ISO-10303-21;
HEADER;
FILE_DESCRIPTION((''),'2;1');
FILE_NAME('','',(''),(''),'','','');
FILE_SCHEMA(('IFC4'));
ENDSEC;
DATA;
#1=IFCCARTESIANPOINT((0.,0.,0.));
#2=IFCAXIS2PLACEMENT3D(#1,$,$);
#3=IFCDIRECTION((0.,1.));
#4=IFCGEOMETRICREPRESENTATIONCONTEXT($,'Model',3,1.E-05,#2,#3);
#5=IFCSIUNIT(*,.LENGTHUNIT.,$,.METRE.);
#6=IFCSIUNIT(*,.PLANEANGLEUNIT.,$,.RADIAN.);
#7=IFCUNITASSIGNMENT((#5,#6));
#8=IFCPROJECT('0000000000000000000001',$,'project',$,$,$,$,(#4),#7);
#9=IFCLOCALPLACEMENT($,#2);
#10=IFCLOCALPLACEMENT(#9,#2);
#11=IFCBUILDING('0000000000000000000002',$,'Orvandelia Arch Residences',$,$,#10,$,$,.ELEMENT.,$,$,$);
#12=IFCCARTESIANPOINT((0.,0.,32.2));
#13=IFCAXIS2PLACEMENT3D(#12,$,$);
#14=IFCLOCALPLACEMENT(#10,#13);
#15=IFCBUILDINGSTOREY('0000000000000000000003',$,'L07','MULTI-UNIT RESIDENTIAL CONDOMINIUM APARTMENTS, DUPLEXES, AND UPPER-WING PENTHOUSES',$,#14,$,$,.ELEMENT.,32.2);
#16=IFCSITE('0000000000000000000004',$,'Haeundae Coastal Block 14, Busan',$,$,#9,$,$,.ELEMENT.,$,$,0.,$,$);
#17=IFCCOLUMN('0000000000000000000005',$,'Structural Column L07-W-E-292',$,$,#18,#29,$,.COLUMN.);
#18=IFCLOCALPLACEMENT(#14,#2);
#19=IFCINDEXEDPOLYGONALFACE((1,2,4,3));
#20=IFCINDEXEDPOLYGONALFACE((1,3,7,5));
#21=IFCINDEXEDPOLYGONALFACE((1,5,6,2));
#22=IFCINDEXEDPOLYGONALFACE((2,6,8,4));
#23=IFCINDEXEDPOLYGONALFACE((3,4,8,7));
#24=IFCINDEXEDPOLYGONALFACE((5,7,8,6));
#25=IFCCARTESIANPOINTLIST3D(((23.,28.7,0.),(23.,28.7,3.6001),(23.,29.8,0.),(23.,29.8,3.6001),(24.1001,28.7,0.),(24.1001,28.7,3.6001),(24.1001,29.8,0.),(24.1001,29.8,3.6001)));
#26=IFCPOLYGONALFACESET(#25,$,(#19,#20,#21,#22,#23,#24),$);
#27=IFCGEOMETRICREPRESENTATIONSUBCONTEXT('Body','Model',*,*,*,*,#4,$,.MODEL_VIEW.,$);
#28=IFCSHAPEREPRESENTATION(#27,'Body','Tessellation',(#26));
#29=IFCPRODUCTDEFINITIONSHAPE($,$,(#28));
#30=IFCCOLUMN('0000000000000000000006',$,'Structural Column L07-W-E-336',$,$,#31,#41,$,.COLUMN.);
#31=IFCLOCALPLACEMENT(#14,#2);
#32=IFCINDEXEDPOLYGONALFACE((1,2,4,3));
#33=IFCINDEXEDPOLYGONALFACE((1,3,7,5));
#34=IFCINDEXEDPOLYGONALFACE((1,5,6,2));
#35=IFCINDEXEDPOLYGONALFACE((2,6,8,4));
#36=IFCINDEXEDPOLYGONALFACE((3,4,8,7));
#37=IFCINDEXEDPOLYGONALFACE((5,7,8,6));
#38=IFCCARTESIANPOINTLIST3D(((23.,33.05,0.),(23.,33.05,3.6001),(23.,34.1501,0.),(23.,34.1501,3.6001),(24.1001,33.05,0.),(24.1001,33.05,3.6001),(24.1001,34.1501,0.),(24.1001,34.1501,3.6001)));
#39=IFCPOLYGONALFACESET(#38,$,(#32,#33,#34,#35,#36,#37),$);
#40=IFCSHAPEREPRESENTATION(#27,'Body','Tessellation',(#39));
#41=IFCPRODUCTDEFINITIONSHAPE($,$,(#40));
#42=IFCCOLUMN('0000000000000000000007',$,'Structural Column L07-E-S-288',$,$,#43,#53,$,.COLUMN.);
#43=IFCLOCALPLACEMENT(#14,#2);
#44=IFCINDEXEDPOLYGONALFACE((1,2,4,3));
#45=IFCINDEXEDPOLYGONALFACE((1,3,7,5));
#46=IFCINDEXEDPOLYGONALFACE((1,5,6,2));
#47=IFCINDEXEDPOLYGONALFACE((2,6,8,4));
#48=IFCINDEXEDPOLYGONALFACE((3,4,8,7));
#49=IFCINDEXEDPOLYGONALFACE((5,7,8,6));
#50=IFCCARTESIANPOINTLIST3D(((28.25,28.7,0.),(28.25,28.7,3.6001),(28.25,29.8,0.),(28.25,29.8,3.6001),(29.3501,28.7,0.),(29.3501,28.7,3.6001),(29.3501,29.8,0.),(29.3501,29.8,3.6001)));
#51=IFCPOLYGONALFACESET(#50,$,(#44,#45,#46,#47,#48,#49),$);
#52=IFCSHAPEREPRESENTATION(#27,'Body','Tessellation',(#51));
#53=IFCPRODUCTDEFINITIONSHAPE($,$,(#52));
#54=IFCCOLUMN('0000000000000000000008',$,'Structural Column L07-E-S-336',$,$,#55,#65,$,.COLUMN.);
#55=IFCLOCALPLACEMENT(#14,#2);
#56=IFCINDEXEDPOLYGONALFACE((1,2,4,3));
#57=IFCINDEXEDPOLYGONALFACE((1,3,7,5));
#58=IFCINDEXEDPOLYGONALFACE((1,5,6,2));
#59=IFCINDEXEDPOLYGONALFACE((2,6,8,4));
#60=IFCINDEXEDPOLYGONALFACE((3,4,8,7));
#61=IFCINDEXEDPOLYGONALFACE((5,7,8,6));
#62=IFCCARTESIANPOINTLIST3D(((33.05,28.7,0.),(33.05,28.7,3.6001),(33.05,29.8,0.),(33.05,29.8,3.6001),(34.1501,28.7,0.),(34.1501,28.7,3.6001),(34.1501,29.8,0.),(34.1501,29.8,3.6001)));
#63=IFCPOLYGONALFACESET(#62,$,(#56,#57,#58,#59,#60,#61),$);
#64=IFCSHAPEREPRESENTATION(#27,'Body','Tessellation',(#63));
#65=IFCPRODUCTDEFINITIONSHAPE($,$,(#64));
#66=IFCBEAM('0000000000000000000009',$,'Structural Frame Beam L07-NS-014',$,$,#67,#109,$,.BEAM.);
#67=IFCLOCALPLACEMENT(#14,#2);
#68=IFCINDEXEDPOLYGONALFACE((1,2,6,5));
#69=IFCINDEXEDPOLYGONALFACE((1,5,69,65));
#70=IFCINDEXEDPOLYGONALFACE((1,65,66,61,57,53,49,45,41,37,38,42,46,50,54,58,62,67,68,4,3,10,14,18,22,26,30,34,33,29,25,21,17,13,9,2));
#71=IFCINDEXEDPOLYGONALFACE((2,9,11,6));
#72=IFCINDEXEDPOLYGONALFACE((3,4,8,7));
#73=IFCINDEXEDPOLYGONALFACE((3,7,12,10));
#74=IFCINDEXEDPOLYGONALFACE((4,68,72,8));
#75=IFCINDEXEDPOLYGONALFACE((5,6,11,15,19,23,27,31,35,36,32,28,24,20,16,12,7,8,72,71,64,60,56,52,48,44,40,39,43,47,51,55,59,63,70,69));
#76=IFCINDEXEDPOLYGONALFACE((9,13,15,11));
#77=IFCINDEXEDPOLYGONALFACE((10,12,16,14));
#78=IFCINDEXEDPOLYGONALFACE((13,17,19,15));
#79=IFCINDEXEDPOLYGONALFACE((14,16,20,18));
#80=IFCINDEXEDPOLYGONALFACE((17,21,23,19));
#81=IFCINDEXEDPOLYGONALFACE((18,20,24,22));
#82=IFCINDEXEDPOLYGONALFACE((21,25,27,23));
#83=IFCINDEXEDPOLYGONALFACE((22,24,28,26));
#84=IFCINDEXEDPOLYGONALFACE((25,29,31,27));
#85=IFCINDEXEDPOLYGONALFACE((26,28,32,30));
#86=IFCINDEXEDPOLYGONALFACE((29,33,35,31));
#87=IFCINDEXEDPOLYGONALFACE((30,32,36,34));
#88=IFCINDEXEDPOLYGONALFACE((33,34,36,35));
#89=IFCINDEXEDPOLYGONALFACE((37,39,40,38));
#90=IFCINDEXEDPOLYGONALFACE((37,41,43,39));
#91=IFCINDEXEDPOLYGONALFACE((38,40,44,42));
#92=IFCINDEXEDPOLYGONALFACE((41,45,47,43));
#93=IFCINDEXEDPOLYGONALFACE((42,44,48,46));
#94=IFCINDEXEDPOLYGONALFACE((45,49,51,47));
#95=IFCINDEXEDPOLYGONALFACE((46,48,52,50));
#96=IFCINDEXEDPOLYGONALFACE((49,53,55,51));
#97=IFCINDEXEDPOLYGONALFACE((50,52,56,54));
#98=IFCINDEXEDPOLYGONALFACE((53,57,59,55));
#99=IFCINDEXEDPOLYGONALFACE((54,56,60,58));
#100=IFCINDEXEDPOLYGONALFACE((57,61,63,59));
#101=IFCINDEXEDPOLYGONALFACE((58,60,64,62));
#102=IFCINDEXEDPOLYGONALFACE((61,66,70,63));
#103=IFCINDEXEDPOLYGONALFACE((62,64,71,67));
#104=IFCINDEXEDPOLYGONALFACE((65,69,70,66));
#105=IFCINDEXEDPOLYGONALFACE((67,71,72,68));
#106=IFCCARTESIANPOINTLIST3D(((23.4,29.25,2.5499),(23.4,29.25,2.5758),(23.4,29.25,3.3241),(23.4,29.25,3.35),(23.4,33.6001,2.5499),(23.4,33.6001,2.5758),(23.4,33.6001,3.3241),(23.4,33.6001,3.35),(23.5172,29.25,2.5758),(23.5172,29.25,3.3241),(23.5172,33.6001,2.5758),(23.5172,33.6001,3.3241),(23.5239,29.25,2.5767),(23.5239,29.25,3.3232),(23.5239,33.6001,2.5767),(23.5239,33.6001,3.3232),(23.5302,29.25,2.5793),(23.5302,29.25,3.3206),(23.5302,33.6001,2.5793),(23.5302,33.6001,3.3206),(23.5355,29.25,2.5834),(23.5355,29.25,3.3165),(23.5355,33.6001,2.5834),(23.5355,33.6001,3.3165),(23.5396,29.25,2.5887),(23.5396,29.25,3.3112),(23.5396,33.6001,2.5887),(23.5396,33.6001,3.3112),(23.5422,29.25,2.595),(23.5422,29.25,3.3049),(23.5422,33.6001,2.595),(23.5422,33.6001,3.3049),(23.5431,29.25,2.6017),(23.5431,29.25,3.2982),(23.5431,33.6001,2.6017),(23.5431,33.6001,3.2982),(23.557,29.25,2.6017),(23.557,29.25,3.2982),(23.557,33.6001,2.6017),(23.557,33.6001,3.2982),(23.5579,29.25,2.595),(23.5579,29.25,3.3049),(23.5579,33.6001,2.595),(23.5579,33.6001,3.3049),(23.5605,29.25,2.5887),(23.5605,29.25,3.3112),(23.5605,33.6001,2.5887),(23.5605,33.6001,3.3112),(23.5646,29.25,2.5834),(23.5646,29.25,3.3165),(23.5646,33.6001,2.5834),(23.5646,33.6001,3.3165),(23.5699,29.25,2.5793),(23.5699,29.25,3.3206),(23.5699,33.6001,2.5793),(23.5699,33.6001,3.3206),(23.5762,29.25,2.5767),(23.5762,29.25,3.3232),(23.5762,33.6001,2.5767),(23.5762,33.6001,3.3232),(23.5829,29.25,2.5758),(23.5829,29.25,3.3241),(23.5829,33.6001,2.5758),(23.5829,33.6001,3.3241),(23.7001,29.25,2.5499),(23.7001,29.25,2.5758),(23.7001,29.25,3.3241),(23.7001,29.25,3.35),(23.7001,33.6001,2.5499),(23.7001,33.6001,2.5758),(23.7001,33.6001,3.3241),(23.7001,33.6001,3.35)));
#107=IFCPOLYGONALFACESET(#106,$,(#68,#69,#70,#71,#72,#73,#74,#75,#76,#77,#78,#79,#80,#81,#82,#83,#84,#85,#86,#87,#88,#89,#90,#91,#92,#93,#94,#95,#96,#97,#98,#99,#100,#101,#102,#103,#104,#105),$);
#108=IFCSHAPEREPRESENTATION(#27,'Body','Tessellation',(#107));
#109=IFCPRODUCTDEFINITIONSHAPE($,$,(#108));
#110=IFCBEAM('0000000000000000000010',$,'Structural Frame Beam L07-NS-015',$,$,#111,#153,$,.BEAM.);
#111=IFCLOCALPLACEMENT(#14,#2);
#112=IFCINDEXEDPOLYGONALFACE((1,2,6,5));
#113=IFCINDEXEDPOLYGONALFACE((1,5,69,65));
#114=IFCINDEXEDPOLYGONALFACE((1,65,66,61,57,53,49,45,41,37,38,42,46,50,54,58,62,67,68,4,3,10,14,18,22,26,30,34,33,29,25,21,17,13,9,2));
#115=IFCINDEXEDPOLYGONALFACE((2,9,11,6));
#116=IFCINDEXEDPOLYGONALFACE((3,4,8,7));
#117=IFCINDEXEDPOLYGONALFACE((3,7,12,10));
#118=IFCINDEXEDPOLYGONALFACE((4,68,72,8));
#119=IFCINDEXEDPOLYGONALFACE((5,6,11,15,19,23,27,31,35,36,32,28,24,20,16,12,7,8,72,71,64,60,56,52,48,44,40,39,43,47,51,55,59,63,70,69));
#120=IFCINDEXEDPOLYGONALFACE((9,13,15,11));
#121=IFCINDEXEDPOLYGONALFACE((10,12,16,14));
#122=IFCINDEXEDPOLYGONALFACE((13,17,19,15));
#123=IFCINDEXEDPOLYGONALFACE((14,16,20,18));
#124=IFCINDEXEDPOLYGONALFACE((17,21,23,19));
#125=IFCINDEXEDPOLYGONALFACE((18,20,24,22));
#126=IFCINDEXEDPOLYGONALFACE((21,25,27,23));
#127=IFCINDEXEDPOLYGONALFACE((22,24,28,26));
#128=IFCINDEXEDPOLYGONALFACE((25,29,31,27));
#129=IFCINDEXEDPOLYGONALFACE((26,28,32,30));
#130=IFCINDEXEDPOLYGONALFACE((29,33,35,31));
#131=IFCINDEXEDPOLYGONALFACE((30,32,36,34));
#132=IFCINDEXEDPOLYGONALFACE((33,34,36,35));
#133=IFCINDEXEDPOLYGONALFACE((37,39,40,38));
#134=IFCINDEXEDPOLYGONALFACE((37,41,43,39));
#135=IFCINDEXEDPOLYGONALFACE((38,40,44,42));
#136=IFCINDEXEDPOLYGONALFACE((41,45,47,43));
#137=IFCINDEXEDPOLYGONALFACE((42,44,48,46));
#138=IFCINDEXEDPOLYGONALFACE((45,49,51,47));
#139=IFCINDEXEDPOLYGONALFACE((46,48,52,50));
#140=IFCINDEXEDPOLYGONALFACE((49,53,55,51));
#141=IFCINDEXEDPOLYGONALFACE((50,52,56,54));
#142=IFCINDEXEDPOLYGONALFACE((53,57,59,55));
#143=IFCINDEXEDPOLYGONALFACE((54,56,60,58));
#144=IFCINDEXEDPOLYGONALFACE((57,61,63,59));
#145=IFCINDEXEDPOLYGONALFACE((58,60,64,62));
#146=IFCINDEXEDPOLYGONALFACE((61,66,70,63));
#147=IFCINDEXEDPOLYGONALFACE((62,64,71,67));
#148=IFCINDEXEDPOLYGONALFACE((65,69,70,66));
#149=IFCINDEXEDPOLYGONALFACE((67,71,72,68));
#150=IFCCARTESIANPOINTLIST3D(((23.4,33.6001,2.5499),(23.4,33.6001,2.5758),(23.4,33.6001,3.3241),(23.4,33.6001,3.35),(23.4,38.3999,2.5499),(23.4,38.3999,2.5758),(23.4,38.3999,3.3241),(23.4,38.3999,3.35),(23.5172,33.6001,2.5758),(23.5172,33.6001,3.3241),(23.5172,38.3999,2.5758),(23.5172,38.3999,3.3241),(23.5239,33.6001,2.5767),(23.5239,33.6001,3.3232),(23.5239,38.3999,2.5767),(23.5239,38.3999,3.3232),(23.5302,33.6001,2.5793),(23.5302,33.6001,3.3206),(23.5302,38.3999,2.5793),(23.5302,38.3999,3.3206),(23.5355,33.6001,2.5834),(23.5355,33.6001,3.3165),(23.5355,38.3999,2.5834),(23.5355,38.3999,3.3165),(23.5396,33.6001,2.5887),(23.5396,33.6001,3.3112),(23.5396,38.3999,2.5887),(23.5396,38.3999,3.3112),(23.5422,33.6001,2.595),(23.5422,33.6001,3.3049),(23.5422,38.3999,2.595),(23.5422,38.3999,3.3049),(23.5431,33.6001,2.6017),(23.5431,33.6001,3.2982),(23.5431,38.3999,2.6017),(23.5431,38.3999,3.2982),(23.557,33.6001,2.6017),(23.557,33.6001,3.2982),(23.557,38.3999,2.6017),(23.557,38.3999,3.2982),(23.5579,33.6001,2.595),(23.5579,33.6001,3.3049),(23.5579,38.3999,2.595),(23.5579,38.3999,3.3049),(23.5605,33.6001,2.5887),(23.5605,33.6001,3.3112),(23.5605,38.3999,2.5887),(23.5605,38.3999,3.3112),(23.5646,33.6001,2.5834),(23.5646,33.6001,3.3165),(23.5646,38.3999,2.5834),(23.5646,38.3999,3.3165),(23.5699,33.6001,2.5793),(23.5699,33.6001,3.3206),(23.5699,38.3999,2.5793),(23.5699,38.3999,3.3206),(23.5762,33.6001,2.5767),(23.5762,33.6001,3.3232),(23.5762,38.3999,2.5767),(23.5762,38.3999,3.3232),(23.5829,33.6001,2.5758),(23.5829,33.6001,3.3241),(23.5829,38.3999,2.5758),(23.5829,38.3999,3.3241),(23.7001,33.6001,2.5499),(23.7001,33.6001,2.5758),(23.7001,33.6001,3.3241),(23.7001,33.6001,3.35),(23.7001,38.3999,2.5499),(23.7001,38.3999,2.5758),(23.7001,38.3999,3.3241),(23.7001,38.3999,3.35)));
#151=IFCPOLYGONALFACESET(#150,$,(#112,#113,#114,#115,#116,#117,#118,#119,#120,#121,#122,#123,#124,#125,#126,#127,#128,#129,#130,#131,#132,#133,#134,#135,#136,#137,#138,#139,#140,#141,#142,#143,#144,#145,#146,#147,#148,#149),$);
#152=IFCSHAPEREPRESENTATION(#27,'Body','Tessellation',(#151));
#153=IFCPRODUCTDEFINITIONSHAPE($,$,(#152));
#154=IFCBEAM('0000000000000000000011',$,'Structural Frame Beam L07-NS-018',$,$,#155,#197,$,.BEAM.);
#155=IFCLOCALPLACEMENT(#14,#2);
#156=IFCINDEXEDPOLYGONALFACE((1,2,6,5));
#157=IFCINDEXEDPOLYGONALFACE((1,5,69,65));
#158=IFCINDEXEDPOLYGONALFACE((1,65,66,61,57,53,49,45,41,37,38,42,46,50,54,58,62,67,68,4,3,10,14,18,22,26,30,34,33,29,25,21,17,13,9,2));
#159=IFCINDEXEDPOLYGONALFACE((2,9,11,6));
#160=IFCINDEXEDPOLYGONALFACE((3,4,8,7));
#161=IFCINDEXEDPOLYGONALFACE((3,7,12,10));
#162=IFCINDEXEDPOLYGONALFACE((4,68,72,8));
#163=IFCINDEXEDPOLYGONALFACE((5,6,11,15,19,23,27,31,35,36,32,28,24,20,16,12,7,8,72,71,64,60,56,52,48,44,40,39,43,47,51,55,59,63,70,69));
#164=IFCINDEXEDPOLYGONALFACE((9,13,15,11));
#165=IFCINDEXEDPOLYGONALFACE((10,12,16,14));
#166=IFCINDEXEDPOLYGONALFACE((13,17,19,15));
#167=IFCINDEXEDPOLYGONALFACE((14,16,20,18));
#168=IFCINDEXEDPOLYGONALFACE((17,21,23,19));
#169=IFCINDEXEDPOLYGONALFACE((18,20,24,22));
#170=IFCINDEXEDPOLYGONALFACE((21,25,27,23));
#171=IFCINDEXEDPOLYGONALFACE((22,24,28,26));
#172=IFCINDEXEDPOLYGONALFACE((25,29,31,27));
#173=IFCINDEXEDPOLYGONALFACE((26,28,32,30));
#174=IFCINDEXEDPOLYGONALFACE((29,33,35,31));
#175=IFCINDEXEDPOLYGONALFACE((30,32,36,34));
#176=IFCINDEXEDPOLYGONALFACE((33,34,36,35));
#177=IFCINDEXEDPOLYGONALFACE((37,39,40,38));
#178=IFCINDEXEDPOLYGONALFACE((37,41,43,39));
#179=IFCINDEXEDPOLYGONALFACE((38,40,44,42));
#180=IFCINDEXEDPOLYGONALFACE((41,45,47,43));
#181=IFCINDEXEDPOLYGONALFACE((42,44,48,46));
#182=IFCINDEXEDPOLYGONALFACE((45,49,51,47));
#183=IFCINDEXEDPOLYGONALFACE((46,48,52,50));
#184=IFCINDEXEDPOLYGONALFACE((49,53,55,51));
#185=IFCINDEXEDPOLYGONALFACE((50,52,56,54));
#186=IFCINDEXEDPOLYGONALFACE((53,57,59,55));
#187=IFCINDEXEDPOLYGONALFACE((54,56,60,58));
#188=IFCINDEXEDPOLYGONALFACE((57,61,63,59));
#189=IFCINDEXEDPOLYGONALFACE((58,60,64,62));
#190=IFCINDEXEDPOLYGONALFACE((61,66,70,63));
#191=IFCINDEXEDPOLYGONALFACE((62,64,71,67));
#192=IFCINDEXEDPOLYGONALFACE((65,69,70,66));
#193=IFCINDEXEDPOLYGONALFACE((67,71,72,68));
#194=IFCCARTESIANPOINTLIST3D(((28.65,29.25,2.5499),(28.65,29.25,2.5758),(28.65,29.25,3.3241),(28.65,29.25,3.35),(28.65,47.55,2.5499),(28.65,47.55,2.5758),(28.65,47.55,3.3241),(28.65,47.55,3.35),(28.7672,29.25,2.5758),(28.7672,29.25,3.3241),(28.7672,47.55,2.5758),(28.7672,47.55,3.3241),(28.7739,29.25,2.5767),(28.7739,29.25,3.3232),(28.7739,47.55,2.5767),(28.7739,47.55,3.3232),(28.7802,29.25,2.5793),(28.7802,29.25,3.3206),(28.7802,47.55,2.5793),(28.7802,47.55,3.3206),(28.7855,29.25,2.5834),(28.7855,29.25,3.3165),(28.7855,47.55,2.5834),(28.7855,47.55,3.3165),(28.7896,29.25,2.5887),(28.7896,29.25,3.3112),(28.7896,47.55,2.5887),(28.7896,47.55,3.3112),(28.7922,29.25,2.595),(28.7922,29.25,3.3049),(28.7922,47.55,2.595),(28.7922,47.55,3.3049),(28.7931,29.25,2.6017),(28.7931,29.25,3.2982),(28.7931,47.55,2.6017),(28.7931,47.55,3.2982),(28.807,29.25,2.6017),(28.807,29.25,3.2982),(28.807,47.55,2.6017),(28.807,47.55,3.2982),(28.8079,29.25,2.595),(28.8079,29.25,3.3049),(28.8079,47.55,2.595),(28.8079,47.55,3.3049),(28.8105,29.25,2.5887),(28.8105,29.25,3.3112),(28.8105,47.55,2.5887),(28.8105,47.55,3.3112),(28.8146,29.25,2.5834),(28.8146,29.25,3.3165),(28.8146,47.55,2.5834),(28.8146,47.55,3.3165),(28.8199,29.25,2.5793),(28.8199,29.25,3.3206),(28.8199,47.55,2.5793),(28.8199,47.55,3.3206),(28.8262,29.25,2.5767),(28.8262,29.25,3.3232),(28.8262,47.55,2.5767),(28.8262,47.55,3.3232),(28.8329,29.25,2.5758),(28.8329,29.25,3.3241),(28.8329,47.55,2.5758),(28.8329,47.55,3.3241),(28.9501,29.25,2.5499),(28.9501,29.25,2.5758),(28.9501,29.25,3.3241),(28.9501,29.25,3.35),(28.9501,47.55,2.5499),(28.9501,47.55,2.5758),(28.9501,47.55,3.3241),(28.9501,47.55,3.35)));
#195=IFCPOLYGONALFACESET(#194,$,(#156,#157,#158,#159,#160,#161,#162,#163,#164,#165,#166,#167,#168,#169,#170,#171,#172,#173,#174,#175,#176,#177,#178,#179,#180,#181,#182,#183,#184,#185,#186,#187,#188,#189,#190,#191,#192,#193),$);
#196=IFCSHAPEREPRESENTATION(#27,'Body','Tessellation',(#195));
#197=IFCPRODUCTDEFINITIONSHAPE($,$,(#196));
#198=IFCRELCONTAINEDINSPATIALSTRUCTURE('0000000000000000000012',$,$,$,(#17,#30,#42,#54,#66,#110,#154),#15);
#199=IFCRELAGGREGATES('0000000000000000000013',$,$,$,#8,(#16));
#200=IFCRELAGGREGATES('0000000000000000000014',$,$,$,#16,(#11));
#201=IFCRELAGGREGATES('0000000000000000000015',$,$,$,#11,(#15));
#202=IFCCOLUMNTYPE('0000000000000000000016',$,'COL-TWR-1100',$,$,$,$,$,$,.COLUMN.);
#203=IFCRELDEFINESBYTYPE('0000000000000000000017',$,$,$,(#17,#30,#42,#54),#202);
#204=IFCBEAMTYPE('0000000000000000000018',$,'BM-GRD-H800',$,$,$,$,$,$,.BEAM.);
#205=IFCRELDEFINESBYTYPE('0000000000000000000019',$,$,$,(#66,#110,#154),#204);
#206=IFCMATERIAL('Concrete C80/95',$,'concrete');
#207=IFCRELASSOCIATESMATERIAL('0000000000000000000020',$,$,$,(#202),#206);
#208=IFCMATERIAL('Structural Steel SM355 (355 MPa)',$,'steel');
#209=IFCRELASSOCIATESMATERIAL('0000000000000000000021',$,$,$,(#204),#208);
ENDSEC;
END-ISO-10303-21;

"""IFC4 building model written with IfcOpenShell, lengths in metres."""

from ifc_helpers import new_model, si_unit, direction, frame, origin, origin_2d, place, context, subcontext, project, spatial, rectangle, i_section, extrude, material, material_profile, profile_set, type_object, element, save


model = new_model("IFC4")

# Units and contexts
model_context = context("Model", 3, precision=1e-05, world=origin(), true_north=direction((0.0, 1.0)))
body_context = subcontext(model_context, "Body", "Model", "MODEL_VIEW")
ifc_project = project(units=[si_unit("LENGTHUNIT", "METRE"), si_unit("PLANEANGLEUNIT", "RADIAN")], contexts=[model_context])

# Site, building, storey
site_placement = place(None, origin())
site = spatial("IfcSite", under=ifc_project, at=site_placement, Name="Haeundae Coastal Block 14, Busan", CompositionType="ELEMENT", RefElevation=0.0)
building_placement = place(site_placement, origin())
building = spatial("IfcBuilding", under=site, at=building_placement, Name="Orvandelia Arch Residences", CompositionType="ELEMENT")
storey_placement = place(building_placement, frame((0.0, 0.0, 32.2)))
storey = spatial("IfcBuildingStorey", under=building, at=storey_placement, Name="L07", Description="MULTI-UNIT RESIDENTIAL CONDOMINIUM APARTMENTS, DUPLEXES, AND UPPER-WING PENTHOUSES", CompositionType="ELEMENT", Elevation=32.2)

# Columns
ifc_material_1 = material(Name="Concrete C80/95", Category="concrete")
ifc_material_profile_1 = material_profile(ifc_material_1, rectangle(XDim=1.1001, YDim=1.1001, at=origin_2d()), Name="Concrete C80/95", Category="concrete")
ifc_profile_set_1 = profile_set([ifc_material_profile_1], Name="Concrete C80/95")
column_type = type_object("IfcColumnType", Name="COL-TWR-1100", PredefinedType="COLUMN", material=ifc_profile_set_1)
for number, where, z_axis, x_axis, name in (
    (1, (23.55, 29.25, 0.0), (0.0, 0.0, 1.0), (1.0, 0.0, 0.0), "Structural Column L07-W-E-292"),
    (2, (23.55, 33.6001, 0.0), (0.0, 0.0, 1.0), (1.0, 0.0, 0.0), "Structural Column L07-W-E-336"),
    (3, (28.8, 29.25, 0.0), (0.0, 0.0, 1.0), (1.0, 0.0, 0.0), "Structural Column L07-E-S-288"),
    (4, (33.6001, 29.25, 0.0), (0.0, 0.0, 1.0), (1.0, 0.0, 0.0), "Structural Column L07-E-S-336"),
):
    element("IfcColumn", number, at=place(storey_placement, frame(where, z_axis=z_axis, x_axis=x_axis)), inside=storey, type_object=column_type, Name=name, PredefinedType="COLUMN", context=body_context, shape_type="SweptSolid", body=[
        extrude(rectangle(XDim=1.1001, YDim=1.1001, at=origin_2d()), origin(), (0.0, 0.0, 1.0), 3.6001),
    ])

# Beams
ifc_material_2 = material(Name="Structural Steel SM355 (355 MPa)", Category="steel")
ifc_material_profile_2 = material_profile(ifc_material_2, i_section(OverallWidth=0.3, OverallDepth=0.8, WebThickness=0.0139, FlangeThickness=0.0259, FilletRadius=0.0259, at=origin_2d()), Name="Structural Steel SM355 (355 MPa)", Category="steel")
ifc_profile_set_2 = profile_set([ifc_material_profile_2], Name="Structural Steel SM355 (355 MPa)")
beam_type = type_object("IfcBeamType", Name="BM-GRD-H800", PredefinedType="BEAM", material=ifc_profile_set_2)
beam_1_placement = place(storey_placement, frame((23.55, 29.25, 2.95), z_axis=(0.0, 1.0, 0.0), x_axis=(-1.0, 0.0, 0.0)))
element("IfcBeam", 5, at=beam_1_placement, inside=storey, type_object=beam_type, Name="Structural Frame Beam L07-NS-014", PredefinedType="BEAM", context=body_context, shape_type="SweptSolid", body=[
    extrude(i_section(OverallWidth=0.3, OverallDepth=0.8, WebThickness=0.0139, FlangeThickness=0.0259, FilletRadius=0.0259, at=origin_2d()), origin(), (0.0, 0.0, 1.0), 4.3501),
])
beam_2_placement = place(storey_placement, frame((23.55, 33.6001, 2.95), z_axis=(0.0, 1.0, 0.0), x_axis=(-1.0, 0.0, 0.0)))
element("IfcBeam", 6, at=beam_2_placement, inside=storey, type_object=beam_type, Name="Structural Frame Beam L07-NS-015", PredefinedType="BEAM", context=body_context, shape_type="SweptSolid", body=[
    extrude(i_section(OverallWidth=0.3, OverallDepth=0.8, WebThickness=0.0139, FlangeThickness=0.0259, FilletRadius=0.0259, at=origin_2d()), origin(), (0.0, 0.0, 1.0), 4.7998),
])
beam_3_placement = place(storey_placement, frame((28.8, 29.25, 2.95), z_axis=(0.0, 1.0, 0.0), x_axis=(-1.0, 0.0, 0.0)))
element("IfcBeam", 7, at=beam_3_placement, inside=storey, type_object=beam_type, Name="Structural Frame Beam L07-NS-018", PredefinedType="BEAM", context=body_context, shape_type="SweptSolid", body=[
    extrude(i_section(OverallWidth=0.3, OverallDepth=0.8, WebThickness=0.0139, FlangeThickness=0.0259, FilletRadius=0.0259, at=origin_2d()), origin(), (0.0, 0.0, 1.0), 18.3),
])

save(model, "model.ifc")
